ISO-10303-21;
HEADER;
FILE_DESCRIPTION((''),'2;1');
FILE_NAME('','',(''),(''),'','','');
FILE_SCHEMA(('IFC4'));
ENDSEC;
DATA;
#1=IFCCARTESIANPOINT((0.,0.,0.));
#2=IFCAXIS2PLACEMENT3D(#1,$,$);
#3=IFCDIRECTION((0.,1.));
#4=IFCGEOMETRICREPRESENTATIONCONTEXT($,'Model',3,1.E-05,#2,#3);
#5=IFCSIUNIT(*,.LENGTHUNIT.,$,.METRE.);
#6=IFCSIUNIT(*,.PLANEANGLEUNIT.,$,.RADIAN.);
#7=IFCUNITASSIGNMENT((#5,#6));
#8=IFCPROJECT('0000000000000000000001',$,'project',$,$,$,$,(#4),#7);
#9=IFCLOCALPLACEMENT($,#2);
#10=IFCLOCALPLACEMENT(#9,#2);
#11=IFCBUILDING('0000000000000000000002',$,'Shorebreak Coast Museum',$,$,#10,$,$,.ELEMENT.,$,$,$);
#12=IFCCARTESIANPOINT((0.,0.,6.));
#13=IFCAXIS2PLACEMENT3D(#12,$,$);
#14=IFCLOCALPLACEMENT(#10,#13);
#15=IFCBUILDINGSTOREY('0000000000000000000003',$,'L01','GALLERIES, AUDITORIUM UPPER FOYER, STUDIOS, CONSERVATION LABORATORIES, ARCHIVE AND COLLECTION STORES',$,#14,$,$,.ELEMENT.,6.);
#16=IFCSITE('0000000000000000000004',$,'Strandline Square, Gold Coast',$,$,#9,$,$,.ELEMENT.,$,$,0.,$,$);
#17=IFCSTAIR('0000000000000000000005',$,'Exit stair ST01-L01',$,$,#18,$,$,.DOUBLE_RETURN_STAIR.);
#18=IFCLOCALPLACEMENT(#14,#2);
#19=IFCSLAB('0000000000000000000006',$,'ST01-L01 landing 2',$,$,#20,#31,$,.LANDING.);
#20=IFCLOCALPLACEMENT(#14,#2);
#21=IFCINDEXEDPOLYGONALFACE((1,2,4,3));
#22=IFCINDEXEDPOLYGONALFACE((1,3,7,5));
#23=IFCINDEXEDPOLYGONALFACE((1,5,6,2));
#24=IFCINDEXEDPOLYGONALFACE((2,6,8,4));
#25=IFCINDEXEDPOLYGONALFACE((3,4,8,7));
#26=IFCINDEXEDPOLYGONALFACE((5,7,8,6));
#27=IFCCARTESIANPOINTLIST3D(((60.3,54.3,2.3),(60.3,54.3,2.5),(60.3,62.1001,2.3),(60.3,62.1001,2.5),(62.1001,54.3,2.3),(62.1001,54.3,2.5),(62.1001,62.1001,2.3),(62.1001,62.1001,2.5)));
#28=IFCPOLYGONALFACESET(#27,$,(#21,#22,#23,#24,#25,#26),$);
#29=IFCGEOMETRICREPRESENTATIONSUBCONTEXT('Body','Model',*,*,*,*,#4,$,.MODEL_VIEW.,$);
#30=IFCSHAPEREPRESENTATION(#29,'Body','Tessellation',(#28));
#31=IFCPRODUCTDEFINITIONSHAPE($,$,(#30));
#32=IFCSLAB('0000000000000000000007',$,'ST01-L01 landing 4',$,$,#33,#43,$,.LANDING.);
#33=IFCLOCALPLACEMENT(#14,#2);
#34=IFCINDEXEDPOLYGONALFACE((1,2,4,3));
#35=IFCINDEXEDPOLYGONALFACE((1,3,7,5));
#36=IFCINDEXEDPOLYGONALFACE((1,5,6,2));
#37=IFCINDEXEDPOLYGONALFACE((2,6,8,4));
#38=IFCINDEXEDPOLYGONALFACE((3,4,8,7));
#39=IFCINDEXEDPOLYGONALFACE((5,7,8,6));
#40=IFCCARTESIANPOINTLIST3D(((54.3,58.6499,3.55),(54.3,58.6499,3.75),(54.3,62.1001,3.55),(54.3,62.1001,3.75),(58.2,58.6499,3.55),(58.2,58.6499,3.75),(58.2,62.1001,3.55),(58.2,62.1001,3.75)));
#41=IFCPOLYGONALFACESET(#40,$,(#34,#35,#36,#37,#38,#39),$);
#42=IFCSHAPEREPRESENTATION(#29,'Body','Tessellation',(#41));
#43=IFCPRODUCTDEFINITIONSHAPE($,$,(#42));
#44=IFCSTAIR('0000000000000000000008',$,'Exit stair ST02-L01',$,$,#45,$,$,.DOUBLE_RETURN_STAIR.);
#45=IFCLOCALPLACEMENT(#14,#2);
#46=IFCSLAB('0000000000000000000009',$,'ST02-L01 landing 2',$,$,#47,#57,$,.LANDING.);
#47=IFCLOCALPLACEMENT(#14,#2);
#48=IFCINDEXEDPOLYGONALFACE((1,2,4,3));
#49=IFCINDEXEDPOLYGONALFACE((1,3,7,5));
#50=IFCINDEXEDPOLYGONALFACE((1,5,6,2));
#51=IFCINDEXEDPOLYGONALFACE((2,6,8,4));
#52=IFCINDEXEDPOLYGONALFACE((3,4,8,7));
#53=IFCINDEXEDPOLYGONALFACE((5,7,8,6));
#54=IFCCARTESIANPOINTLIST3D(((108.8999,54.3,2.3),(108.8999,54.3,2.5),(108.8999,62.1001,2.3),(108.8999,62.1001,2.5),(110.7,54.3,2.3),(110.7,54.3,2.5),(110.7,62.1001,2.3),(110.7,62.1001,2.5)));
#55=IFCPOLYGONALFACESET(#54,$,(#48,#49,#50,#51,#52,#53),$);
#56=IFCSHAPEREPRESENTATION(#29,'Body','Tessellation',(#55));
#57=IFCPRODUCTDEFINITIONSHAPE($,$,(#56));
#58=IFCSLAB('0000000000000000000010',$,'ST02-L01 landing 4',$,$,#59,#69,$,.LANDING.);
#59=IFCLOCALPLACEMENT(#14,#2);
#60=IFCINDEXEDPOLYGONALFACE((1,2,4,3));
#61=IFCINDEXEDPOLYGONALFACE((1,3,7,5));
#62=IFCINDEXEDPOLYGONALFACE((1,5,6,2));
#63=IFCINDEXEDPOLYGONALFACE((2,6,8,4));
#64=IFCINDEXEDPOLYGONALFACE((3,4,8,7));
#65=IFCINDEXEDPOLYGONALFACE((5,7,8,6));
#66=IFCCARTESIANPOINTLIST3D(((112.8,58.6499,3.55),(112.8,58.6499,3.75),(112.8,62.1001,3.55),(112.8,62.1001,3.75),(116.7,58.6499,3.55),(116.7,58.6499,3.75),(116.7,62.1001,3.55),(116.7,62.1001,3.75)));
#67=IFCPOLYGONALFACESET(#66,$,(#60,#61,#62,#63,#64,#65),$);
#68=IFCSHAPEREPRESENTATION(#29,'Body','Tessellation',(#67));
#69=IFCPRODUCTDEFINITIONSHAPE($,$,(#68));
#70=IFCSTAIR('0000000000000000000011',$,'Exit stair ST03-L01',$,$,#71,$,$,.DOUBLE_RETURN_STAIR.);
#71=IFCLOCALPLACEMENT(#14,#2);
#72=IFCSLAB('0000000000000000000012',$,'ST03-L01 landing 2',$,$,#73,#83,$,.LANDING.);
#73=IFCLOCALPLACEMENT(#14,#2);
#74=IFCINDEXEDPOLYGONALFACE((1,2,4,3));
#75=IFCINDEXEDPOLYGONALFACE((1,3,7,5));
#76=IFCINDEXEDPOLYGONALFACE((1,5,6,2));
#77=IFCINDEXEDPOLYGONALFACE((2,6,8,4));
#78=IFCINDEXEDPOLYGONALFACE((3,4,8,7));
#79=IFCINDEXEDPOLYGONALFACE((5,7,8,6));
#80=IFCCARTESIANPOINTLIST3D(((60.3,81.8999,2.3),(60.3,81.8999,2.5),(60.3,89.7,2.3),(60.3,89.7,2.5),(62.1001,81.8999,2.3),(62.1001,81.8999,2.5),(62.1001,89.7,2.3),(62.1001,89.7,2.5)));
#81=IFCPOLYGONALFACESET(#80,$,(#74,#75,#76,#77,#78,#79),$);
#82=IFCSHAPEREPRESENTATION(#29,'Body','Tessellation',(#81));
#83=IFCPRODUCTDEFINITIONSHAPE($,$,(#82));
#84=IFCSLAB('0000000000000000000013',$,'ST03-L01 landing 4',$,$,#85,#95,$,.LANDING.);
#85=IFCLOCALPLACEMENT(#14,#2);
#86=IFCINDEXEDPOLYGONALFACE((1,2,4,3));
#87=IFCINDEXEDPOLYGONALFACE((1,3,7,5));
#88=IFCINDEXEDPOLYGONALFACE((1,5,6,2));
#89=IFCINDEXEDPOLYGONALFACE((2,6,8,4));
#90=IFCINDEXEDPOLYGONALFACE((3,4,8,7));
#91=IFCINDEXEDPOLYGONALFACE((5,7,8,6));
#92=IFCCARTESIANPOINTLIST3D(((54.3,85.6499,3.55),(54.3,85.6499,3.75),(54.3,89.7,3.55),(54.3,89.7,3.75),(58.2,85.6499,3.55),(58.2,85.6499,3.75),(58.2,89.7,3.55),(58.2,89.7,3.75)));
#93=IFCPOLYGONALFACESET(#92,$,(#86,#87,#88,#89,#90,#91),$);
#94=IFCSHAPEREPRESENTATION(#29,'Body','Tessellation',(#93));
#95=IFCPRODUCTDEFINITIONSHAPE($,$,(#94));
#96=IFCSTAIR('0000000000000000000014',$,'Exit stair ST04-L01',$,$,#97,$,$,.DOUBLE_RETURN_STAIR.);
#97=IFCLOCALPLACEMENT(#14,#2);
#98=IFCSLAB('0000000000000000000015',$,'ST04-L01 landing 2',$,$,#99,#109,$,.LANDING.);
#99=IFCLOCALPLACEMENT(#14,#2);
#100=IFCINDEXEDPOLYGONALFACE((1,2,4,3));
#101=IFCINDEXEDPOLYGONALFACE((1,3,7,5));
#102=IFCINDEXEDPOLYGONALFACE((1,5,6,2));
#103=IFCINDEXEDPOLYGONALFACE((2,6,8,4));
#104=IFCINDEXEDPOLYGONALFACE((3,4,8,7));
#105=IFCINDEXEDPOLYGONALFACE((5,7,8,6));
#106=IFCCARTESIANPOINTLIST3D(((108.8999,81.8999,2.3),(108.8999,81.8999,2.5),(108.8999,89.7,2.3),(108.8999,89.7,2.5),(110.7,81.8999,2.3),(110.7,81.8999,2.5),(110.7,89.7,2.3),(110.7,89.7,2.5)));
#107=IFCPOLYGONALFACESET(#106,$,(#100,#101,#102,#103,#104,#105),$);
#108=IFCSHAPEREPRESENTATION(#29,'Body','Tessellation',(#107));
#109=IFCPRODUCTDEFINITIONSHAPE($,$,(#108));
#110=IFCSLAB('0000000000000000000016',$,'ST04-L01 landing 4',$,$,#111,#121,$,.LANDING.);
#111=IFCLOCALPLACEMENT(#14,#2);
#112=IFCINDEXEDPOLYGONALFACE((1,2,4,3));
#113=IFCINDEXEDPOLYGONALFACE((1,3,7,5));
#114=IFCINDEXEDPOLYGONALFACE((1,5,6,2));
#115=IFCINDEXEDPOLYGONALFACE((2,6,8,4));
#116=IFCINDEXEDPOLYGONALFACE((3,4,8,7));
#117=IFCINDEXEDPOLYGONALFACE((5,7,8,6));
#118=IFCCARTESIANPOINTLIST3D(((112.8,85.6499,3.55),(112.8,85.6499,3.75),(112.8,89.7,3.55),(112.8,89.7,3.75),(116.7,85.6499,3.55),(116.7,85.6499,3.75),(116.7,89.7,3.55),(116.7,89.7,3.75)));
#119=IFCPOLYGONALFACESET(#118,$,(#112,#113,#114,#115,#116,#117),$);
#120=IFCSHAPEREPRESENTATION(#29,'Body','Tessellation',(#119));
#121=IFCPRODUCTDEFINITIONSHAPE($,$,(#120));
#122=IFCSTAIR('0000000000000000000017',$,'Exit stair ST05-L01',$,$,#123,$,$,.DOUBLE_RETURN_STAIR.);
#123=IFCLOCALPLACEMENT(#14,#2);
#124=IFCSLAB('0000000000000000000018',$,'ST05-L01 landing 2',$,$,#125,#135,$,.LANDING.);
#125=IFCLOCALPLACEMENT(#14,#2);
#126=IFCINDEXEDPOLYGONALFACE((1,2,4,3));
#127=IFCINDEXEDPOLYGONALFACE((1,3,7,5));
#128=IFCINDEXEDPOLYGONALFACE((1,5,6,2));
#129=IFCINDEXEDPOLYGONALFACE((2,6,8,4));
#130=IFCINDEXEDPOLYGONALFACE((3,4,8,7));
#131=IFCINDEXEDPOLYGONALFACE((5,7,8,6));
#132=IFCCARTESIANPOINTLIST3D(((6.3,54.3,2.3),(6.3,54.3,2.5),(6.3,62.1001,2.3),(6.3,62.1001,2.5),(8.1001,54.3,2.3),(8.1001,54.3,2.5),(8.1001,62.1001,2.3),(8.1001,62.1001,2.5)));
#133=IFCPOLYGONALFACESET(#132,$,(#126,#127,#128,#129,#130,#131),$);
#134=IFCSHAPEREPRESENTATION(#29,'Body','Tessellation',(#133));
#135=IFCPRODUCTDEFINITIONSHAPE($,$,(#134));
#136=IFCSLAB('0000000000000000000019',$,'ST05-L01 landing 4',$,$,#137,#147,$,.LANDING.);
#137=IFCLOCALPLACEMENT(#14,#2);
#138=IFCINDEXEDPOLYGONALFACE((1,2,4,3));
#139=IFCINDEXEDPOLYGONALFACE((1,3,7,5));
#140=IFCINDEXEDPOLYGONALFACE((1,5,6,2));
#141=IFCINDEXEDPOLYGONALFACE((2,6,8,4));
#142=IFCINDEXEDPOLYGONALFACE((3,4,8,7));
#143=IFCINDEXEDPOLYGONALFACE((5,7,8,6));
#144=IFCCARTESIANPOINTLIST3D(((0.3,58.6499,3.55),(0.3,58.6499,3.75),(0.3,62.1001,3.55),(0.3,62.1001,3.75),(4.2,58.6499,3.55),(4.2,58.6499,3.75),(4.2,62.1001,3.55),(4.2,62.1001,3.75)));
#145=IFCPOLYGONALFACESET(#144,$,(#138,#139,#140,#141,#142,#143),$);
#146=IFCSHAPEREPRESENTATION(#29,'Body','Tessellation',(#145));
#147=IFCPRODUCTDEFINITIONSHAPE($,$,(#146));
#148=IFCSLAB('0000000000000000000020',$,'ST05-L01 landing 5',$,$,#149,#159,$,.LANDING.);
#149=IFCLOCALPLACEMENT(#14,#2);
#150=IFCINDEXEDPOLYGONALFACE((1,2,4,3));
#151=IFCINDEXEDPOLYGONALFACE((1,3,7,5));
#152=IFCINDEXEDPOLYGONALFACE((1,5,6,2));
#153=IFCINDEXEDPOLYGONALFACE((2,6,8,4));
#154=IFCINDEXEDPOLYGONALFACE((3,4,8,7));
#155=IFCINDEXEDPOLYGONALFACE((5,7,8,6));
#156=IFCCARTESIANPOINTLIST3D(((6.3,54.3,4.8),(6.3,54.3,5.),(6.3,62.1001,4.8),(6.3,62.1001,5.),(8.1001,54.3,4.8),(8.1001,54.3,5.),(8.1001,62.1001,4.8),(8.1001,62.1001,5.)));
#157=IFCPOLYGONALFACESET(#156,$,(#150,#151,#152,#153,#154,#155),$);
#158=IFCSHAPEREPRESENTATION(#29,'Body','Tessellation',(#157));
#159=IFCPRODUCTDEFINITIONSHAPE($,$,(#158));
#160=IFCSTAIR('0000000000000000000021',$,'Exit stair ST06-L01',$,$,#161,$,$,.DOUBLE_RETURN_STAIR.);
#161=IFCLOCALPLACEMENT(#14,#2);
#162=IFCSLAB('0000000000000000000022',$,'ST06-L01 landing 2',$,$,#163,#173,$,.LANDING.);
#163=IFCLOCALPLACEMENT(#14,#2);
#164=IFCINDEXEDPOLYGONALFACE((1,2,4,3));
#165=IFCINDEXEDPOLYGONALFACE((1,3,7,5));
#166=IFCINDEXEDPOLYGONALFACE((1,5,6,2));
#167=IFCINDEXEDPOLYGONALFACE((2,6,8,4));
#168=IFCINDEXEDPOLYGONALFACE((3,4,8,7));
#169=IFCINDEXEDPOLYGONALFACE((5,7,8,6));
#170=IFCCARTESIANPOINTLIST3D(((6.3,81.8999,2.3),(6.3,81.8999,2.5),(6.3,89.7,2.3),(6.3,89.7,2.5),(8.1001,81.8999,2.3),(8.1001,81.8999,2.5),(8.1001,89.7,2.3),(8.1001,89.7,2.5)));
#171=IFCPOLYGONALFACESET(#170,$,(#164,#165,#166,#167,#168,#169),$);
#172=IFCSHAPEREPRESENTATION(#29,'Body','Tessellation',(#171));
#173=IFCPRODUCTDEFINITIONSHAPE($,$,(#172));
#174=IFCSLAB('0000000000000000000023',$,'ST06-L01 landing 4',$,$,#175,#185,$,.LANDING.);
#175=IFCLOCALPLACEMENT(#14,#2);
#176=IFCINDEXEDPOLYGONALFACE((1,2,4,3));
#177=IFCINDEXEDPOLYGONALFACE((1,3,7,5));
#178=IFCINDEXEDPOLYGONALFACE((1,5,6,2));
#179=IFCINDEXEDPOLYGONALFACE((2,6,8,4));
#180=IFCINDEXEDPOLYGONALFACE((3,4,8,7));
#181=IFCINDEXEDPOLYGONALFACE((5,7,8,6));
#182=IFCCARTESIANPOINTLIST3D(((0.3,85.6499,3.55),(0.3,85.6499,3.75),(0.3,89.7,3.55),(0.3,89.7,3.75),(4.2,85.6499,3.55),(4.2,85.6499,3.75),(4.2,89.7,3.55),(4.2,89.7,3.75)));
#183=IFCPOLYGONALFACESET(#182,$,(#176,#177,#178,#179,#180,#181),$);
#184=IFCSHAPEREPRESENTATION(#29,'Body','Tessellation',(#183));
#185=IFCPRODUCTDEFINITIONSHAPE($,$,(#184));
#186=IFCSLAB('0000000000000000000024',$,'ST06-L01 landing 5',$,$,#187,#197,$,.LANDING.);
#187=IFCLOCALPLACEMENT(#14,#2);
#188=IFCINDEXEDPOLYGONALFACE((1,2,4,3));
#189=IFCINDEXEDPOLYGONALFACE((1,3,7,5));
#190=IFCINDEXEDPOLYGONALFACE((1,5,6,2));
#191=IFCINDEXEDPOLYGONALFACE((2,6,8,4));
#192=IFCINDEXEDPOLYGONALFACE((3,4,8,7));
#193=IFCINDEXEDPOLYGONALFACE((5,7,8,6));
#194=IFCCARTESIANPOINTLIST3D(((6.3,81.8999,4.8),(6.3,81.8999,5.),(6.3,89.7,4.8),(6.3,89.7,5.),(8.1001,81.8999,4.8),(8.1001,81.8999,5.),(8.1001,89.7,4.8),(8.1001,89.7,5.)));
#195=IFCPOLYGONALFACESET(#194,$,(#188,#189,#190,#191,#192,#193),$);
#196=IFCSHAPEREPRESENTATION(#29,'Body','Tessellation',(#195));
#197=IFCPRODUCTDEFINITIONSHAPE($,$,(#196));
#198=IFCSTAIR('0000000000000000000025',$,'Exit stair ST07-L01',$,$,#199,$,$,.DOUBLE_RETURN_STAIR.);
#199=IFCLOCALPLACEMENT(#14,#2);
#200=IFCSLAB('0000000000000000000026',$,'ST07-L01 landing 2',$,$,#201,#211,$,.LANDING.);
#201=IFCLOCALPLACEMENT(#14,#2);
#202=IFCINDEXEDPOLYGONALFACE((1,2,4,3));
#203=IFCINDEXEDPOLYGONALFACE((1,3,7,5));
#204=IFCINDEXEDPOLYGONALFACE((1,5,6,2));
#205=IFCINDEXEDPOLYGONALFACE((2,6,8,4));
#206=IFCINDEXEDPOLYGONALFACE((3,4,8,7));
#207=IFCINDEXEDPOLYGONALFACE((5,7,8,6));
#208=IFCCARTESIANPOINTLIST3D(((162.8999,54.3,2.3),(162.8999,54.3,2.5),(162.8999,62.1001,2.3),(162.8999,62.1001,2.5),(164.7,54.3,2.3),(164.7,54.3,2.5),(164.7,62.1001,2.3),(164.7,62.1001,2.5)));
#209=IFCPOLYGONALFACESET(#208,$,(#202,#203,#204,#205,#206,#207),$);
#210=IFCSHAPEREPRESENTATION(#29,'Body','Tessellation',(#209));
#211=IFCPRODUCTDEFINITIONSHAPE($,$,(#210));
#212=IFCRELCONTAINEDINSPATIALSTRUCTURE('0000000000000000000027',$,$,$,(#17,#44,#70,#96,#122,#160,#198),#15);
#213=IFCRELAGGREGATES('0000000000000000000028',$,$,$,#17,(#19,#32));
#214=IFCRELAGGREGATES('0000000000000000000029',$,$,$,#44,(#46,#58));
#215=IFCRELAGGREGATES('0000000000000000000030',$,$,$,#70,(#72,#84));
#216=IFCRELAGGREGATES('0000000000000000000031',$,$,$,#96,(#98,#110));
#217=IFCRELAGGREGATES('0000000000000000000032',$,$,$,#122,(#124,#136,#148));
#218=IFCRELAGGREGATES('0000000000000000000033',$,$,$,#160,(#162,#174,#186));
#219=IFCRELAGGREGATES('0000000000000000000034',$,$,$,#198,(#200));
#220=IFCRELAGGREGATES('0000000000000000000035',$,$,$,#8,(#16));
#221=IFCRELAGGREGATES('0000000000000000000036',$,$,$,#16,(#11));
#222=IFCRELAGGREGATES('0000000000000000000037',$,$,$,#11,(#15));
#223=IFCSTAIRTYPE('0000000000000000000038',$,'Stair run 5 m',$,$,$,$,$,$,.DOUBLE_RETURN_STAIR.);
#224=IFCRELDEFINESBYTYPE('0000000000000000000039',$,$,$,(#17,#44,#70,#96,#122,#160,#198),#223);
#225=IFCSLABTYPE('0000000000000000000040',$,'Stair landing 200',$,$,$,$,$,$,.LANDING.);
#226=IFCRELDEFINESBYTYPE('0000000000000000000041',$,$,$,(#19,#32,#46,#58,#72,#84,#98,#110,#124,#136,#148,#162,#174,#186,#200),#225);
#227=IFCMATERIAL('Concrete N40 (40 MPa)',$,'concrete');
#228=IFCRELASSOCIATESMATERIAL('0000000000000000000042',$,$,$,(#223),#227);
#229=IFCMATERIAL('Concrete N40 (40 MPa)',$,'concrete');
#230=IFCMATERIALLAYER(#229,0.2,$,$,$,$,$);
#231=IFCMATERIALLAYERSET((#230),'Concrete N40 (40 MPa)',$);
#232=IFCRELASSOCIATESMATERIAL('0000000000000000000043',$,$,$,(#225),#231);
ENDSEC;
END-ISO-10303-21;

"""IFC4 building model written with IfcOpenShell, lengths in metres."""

from ifc_helpers import new_model, si_unit, direction, frame, origin, place, context, subcontext, project, spatial, polyline, outline, extrude, material, layer, layer_set, type_object, element, aggregate, save


model = new_model("IFC4")

# Units and contexts
model_context = context("Model", 3, precision=1e-05, world=origin(), true_north=direction((0.0, 1.0)))
body_context = subcontext(model_context, "Body", "Model", "MODEL_VIEW")
ifc_project = project(units=[si_unit("LENGTHUNIT", "METRE"), si_unit("PLANEANGLEUNIT", "RADIAN")], contexts=[model_context])

# Site, building, storey
site_placement = place(None, origin())
site = spatial("IfcSite", under=ifc_project, at=site_placement, Name="Strandline Square, Gold Coast", CompositionType="ELEMENT", RefElevation=0.0)
building_placement = place(site_placement, origin())
building = spatial("IfcBuilding", under=site, at=building_placement, Name="Shorebreak Coast Museum", CompositionType="ELEMENT")
storey_placement = place(building_placement, frame((0.0, 0.0, 6.0)))
storey = spatial("IfcBuildingStorey", under=building, at=storey_placement, Name="L01", Description="GALLERIES, AUDITORIUM UPPER FOYER, STUDIOS, CONSERVATION LABORATORIES, ARCHIVE AND COLLECTION STORES", CompositionType="ELEMENT", Elevation=6.0)

# Stairs, slabs
ifc_material_1 = material(Name="Concrete N40 (40 MPa)", Category="concrete")
stair_type = type_object("IfcStairType", Name="Stair run 5 m", PredefinedType="DOUBLE_RETURN_STAIR", material=ifc_material_1)
stair_1_placement = place(storey_placement, origin())
stair_1 = element("IfcStair", 1, at=stair_1_placement, inside=storey, type_object=stair_type, Name="Exit stair ST01-L01", PredefinedType="DOUBLE_RETURN_STAIR")
ifc_material_2 = material(Name="Concrete N40 (40 MPa)", Category="concrete")
ifc_layer = layer(ifc_material_2, 0.2)
ifc_layer_set = layer_set([ifc_layer], Name="Concrete N40 (40 MPa)")
slab_type = type_object("IfcSlabType", Name="Stair landing 200", PredefinedType="LANDING", material=ifc_layer_set)
slab_1_placement = place(storey_placement, frame((0.0, 0.0, 2.3)))
slab_1 = element("IfcSlab", 2, at=slab_1_placement, type_object=slab_type, Name="ST01-L01 landing 2", PredefinedType="LANDING", context=body_context, shape_type="SweptSolid", body=[
    extrude(outline(polyline([(60.3, 54.3), (62.1001, 54.3), (62.1001, 62.1001), (60.3, 62.1001), (60.3, 54.3)])), origin(), (0.0, 0.0, 1.0), 0.2),
])
slab_2_placement = place(storey_placement, frame((0.0, 0.0, 3.55)))
slab_2 = element("IfcSlab", 3, at=slab_2_placement, type_object=slab_type, Name="ST01-L01 landing 4", PredefinedType="LANDING", context=body_context, shape_type="SweptSolid", body=[
    extrude(outline(polyline([(54.3, 58.6499), (58.2, 58.6499), (58.2, 62.1001), (54.3, 62.1001), (54.3, 58.6499)])), origin(), (0.0, 0.0, 1.0), 0.2),
])
aggregate(stair_1, [slab_1, slab_2])
stair_2_placement = place(storey_placement, origin())
stair_2 = element("IfcStair", 4, at=stair_2_placement, inside=storey, type_object=stair_type, Name="Exit stair ST02-L01", PredefinedType="DOUBLE_RETURN_STAIR")
slab_3_placement = place(storey_placement, frame((0.0, 0.0, 2.3)))
slab_3 = element("IfcSlab", 5, at=slab_3_placement, type_object=slab_type, Name="ST02-L01 landing 2", PredefinedType="LANDING", context=body_context, shape_type="SweptSolid", body=[
    extrude(outline(polyline([(108.8999, 54.3), (110.7, 54.3), (110.7, 62.1001), (108.8999, 62.1001), (108.8999, 54.3)])), origin(), (0.0, 0.0, 1.0), 0.2),
])
slab_4_placement = place(storey_placement, frame((0.0, 0.0, 3.55)))
slab_4 = element("IfcSlab", 6, at=slab_4_placement, type_object=slab_type, Name="ST02-L01 landing 4", PredefinedType="LANDING", context=body_context, shape_type="SweptSolid", body=[
    extrude(outline(polyline([(112.8, 58.6499), (116.7, 58.6499), (116.7, 62.1001), (112.8, 62.1001), (112.8, 58.6499)])), origin(), (0.0, 0.0, 1.0), 0.2),
])
aggregate(stair_2, [slab_3, slab_4])
stair_3_placement = place(storey_placement, origin())
stair_3 = element("IfcStair", 7, at=stair_3_placement, inside=storey, type_object=stair_type, Name="Exit stair ST03-L01", PredefinedType="DOUBLE_RETURN_STAIR")
slab_5_placement = place(storey_placement, frame((0.0, 0.0, 2.3)))
slab_5 = element("IfcSlab", 8, at=slab_5_placement, type_object=slab_type, Name="ST03-L01 landing 2", PredefinedType="LANDING", context=body_context, shape_type="SweptSolid", body=[
    extrude(outline(polyline([(60.3, 81.8999), (62.1001, 81.8999), (62.1001, 89.7), (60.3, 89.7), (60.3, 81.8999)])), origin(), (0.0, 0.0, 1.0), 0.2),
])
slab_6_placement = place(storey_placement, frame((0.0, 0.0, 3.55)))
slab_6 = element("IfcSlab", 9, at=slab_6_placement, type_object=slab_type, Name="ST03-L01 landing 4", PredefinedType="LANDING", context=body_context, shape_type="SweptSolid", body=[
    extrude(outline(polyline([(54.3, 85.6499), (58.2, 85.6499), (58.2, 89.7), (54.3, 89.7), (54.3, 85.6499)])), origin(), (0.0, 0.0, 1.0), 0.2),
])
aggregate(stair_3, [slab_5, slab_6])
stair_4_placement = place(storey_placement, origin())
stair_4 = element("IfcStair", 10, at=stair_4_placement, inside=storey, type_object=stair_type, Name="Exit stair ST04-L01", PredefinedType="DOUBLE_RETURN_STAIR")
slab_7_placement = place(storey_placement, frame((0.0, 0.0, 2.3)))
slab_7 = element("IfcSlab", 11, at=slab_7_placement, type_object=slab_type, Name="ST04-L01 landing 2", PredefinedType="LANDING", context=body_context, shape_type="SweptSolid", body=[
    extrude(outline(polyline([(108.8999, 81.8999), (110.7, 81.8999), (110.7, 89.7), (108.8999, 89.7), (108.8999, 81.8999)])), origin(), (0.0, 0.0, 1.0), 0.2),
])
slab_8_placement = place(storey_placement, frame((0.0, 0.0, 3.55)))
slab_8 = element("IfcSlab", 12, at=slab_8_placement, type_object=slab_type, Name="ST04-L01 landing 4", PredefinedType="LANDING", context=body_context, shape_type="SweptSolid", body=[
    extrude(outline(polyline([(112.8, 85.6499), (116.7, 85.6499), (116.7, 89.7), (112.8, 89.7), (112.8, 85.6499)])), origin(), (0.0, 0.0, 1.0), 0.2),
])
aggregate(stair_4, [slab_7, slab_8])
stair_5_placement = place(storey_placement, origin())
stair_5 = element("IfcStair", 13, at=stair_5_placement, inside=storey, type_object=stair_type, Name="Exit stair ST05-L01", PredefinedType="DOUBLE_RETURN_STAIR")
slab_9_placement = place(storey_placement, frame((0.0, 0.0, 2.3)))
slab_9 = element("IfcSlab", 14, at=slab_9_placement, type_object=slab_type, Name="ST05-L01 landing 2", PredefinedType="LANDING", context=body_context, shape_type="SweptSolid", body=[
    extrude(outline(polyline([(6.3, 54.3), (8.1001, 54.3), (8.1001, 62.1001), (6.3, 62.1001), (6.3, 54.3)])), origin(), (0.0, 0.0, 1.0), 0.2),
])
slab_10_placement = place(storey_placement, frame((0.0, 0.0, 3.55)))
slab_10 = element("IfcSlab", 15, at=slab_10_placement, type_object=slab_type, Name="ST05-L01 landing 4", PredefinedType="LANDING", context=body_context, shape_type="SweptSolid", body=[
    extrude(outline(polyline([(0.3, 58.6499), (4.2, 58.6499), (4.2, 62.1001), (0.3, 62.1001), (0.3, 58.6499)])), origin(), (0.0, 0.0, 1.0), 0.2),
])
slab_11_placement = place(storey_placement, frame((0.0, 0.0, 4.8)))
slab_11 = element("IfcSlab", 16, at=slab_11_placement, type_object=slab_type, Name="ST05-L01 landing 5", PredefinedType="LANDING", context=body_context, shape_type="SweptSolid", body=[
    extrude(outline(polyline([(6.3, 54.3), (8.1001, 54.3), (8.1001, 62.1001), (6.3, 62.1001), (6.3, 54.3)])), origin(), (0.0, 0.0, 1.0), 0.2),
])
aggregate(stair_5, [slab_9, slab_10, slab_11])
stair_6_placement = place(storey_placement, origin())
stair_6 = element("IfcStair", 17, at=stair_6_placement, inside=storey, type_object=stair_type, Name="Exit stair ST06-L01", PredefinedType="DOUBLE_RETURN_STAIR")
slab_12_placement = place(storey_placement, frame((0.0, 0.0, 2.3)))
slab_12 = element("IfcSlab", 18, at=slab_12_placement, type_object=slab_type, Name="ST06-L01 landing 2", PredefinedType="LANDING", context=body_context, shape_type="SweptSolid", body=[
    extrude(outline(polyline([(6.3, 81.8999), (8.1001, 81.8999), (8.1001, 89.7), (6.3, 89.7), (6.3, 81.8999)])), origin(), (0.0, 0.0, 1.0), 0.2),
])
slab_13_placement = place(storey_placement, frame((0.0, 0.0, 3.55)))
slab_13 = element("IfcSlab", 19, at=slab_13_placement, type_object=slab_type, Name="ST06-L01 landing 4", PredefinedType="LANDING", context=body_context, shape_type="SweptSolid", body=[
    extrude(outline(polyline([(0.3, 85.6499), (4.2, 85.6499), (4.2, 89.7), (0.3, 89.7), (0.3, 85.6499)])), origin(), (0.0, 0.0, 1.0), 0.2),
])
slab_14_placement = place(storey_placement, frame((0.0, 0.0, 4.8)))
slab_14 = element("IfcSlab", 20, at=slab_14_placement, type_object=slab_type, Name="ST06-L01 landing 5", PredefinedType="LANDING", context=body_context, shape_type="SweptSolid", body=[
    extrude(outline(polyline([(6.3, 81.8999), (8.1001, 81.8999), (8.1001, 89.7), (6.3, 89.7), (6.3, 81.8999)])), origin(), (0.0, 0.0, 1.0), 0.2),
])
aggregate(stair_6, [slab_12, slab_13, slab_14])
stair_7_placement = place(storey_placement, origin())
stair_7 = element("IfcStair", 21, at=stair_7_placement, inside=storey, type_object=stair_type, Name="Exit stair ST07-L01", PredefinedType="DOUBLE_RETURN_STAIR")
slab_15_placement = place(storey_placement, frame((0.0, 0.0, 2.3)))
slab_15 = element("IfcSlab", 22, at=slab_15_placement, type_object=slab_type, Name="ST07-L01 landing 2", PredefinedType="LANDING", context=body_context, shape_type="SweptSolid", body=[
    extrude(outline(polyline([(162.8999, 54.3), (164.7, 54.3), (164.7, 62.1001), (162.8999, 62.1001), (162.8999, 54.3)])), origin(), (0.0, 0.0, 1.0), 0.2),
])
aggregate(stair_7, [slab_15])

save(model, "model.ifc")
